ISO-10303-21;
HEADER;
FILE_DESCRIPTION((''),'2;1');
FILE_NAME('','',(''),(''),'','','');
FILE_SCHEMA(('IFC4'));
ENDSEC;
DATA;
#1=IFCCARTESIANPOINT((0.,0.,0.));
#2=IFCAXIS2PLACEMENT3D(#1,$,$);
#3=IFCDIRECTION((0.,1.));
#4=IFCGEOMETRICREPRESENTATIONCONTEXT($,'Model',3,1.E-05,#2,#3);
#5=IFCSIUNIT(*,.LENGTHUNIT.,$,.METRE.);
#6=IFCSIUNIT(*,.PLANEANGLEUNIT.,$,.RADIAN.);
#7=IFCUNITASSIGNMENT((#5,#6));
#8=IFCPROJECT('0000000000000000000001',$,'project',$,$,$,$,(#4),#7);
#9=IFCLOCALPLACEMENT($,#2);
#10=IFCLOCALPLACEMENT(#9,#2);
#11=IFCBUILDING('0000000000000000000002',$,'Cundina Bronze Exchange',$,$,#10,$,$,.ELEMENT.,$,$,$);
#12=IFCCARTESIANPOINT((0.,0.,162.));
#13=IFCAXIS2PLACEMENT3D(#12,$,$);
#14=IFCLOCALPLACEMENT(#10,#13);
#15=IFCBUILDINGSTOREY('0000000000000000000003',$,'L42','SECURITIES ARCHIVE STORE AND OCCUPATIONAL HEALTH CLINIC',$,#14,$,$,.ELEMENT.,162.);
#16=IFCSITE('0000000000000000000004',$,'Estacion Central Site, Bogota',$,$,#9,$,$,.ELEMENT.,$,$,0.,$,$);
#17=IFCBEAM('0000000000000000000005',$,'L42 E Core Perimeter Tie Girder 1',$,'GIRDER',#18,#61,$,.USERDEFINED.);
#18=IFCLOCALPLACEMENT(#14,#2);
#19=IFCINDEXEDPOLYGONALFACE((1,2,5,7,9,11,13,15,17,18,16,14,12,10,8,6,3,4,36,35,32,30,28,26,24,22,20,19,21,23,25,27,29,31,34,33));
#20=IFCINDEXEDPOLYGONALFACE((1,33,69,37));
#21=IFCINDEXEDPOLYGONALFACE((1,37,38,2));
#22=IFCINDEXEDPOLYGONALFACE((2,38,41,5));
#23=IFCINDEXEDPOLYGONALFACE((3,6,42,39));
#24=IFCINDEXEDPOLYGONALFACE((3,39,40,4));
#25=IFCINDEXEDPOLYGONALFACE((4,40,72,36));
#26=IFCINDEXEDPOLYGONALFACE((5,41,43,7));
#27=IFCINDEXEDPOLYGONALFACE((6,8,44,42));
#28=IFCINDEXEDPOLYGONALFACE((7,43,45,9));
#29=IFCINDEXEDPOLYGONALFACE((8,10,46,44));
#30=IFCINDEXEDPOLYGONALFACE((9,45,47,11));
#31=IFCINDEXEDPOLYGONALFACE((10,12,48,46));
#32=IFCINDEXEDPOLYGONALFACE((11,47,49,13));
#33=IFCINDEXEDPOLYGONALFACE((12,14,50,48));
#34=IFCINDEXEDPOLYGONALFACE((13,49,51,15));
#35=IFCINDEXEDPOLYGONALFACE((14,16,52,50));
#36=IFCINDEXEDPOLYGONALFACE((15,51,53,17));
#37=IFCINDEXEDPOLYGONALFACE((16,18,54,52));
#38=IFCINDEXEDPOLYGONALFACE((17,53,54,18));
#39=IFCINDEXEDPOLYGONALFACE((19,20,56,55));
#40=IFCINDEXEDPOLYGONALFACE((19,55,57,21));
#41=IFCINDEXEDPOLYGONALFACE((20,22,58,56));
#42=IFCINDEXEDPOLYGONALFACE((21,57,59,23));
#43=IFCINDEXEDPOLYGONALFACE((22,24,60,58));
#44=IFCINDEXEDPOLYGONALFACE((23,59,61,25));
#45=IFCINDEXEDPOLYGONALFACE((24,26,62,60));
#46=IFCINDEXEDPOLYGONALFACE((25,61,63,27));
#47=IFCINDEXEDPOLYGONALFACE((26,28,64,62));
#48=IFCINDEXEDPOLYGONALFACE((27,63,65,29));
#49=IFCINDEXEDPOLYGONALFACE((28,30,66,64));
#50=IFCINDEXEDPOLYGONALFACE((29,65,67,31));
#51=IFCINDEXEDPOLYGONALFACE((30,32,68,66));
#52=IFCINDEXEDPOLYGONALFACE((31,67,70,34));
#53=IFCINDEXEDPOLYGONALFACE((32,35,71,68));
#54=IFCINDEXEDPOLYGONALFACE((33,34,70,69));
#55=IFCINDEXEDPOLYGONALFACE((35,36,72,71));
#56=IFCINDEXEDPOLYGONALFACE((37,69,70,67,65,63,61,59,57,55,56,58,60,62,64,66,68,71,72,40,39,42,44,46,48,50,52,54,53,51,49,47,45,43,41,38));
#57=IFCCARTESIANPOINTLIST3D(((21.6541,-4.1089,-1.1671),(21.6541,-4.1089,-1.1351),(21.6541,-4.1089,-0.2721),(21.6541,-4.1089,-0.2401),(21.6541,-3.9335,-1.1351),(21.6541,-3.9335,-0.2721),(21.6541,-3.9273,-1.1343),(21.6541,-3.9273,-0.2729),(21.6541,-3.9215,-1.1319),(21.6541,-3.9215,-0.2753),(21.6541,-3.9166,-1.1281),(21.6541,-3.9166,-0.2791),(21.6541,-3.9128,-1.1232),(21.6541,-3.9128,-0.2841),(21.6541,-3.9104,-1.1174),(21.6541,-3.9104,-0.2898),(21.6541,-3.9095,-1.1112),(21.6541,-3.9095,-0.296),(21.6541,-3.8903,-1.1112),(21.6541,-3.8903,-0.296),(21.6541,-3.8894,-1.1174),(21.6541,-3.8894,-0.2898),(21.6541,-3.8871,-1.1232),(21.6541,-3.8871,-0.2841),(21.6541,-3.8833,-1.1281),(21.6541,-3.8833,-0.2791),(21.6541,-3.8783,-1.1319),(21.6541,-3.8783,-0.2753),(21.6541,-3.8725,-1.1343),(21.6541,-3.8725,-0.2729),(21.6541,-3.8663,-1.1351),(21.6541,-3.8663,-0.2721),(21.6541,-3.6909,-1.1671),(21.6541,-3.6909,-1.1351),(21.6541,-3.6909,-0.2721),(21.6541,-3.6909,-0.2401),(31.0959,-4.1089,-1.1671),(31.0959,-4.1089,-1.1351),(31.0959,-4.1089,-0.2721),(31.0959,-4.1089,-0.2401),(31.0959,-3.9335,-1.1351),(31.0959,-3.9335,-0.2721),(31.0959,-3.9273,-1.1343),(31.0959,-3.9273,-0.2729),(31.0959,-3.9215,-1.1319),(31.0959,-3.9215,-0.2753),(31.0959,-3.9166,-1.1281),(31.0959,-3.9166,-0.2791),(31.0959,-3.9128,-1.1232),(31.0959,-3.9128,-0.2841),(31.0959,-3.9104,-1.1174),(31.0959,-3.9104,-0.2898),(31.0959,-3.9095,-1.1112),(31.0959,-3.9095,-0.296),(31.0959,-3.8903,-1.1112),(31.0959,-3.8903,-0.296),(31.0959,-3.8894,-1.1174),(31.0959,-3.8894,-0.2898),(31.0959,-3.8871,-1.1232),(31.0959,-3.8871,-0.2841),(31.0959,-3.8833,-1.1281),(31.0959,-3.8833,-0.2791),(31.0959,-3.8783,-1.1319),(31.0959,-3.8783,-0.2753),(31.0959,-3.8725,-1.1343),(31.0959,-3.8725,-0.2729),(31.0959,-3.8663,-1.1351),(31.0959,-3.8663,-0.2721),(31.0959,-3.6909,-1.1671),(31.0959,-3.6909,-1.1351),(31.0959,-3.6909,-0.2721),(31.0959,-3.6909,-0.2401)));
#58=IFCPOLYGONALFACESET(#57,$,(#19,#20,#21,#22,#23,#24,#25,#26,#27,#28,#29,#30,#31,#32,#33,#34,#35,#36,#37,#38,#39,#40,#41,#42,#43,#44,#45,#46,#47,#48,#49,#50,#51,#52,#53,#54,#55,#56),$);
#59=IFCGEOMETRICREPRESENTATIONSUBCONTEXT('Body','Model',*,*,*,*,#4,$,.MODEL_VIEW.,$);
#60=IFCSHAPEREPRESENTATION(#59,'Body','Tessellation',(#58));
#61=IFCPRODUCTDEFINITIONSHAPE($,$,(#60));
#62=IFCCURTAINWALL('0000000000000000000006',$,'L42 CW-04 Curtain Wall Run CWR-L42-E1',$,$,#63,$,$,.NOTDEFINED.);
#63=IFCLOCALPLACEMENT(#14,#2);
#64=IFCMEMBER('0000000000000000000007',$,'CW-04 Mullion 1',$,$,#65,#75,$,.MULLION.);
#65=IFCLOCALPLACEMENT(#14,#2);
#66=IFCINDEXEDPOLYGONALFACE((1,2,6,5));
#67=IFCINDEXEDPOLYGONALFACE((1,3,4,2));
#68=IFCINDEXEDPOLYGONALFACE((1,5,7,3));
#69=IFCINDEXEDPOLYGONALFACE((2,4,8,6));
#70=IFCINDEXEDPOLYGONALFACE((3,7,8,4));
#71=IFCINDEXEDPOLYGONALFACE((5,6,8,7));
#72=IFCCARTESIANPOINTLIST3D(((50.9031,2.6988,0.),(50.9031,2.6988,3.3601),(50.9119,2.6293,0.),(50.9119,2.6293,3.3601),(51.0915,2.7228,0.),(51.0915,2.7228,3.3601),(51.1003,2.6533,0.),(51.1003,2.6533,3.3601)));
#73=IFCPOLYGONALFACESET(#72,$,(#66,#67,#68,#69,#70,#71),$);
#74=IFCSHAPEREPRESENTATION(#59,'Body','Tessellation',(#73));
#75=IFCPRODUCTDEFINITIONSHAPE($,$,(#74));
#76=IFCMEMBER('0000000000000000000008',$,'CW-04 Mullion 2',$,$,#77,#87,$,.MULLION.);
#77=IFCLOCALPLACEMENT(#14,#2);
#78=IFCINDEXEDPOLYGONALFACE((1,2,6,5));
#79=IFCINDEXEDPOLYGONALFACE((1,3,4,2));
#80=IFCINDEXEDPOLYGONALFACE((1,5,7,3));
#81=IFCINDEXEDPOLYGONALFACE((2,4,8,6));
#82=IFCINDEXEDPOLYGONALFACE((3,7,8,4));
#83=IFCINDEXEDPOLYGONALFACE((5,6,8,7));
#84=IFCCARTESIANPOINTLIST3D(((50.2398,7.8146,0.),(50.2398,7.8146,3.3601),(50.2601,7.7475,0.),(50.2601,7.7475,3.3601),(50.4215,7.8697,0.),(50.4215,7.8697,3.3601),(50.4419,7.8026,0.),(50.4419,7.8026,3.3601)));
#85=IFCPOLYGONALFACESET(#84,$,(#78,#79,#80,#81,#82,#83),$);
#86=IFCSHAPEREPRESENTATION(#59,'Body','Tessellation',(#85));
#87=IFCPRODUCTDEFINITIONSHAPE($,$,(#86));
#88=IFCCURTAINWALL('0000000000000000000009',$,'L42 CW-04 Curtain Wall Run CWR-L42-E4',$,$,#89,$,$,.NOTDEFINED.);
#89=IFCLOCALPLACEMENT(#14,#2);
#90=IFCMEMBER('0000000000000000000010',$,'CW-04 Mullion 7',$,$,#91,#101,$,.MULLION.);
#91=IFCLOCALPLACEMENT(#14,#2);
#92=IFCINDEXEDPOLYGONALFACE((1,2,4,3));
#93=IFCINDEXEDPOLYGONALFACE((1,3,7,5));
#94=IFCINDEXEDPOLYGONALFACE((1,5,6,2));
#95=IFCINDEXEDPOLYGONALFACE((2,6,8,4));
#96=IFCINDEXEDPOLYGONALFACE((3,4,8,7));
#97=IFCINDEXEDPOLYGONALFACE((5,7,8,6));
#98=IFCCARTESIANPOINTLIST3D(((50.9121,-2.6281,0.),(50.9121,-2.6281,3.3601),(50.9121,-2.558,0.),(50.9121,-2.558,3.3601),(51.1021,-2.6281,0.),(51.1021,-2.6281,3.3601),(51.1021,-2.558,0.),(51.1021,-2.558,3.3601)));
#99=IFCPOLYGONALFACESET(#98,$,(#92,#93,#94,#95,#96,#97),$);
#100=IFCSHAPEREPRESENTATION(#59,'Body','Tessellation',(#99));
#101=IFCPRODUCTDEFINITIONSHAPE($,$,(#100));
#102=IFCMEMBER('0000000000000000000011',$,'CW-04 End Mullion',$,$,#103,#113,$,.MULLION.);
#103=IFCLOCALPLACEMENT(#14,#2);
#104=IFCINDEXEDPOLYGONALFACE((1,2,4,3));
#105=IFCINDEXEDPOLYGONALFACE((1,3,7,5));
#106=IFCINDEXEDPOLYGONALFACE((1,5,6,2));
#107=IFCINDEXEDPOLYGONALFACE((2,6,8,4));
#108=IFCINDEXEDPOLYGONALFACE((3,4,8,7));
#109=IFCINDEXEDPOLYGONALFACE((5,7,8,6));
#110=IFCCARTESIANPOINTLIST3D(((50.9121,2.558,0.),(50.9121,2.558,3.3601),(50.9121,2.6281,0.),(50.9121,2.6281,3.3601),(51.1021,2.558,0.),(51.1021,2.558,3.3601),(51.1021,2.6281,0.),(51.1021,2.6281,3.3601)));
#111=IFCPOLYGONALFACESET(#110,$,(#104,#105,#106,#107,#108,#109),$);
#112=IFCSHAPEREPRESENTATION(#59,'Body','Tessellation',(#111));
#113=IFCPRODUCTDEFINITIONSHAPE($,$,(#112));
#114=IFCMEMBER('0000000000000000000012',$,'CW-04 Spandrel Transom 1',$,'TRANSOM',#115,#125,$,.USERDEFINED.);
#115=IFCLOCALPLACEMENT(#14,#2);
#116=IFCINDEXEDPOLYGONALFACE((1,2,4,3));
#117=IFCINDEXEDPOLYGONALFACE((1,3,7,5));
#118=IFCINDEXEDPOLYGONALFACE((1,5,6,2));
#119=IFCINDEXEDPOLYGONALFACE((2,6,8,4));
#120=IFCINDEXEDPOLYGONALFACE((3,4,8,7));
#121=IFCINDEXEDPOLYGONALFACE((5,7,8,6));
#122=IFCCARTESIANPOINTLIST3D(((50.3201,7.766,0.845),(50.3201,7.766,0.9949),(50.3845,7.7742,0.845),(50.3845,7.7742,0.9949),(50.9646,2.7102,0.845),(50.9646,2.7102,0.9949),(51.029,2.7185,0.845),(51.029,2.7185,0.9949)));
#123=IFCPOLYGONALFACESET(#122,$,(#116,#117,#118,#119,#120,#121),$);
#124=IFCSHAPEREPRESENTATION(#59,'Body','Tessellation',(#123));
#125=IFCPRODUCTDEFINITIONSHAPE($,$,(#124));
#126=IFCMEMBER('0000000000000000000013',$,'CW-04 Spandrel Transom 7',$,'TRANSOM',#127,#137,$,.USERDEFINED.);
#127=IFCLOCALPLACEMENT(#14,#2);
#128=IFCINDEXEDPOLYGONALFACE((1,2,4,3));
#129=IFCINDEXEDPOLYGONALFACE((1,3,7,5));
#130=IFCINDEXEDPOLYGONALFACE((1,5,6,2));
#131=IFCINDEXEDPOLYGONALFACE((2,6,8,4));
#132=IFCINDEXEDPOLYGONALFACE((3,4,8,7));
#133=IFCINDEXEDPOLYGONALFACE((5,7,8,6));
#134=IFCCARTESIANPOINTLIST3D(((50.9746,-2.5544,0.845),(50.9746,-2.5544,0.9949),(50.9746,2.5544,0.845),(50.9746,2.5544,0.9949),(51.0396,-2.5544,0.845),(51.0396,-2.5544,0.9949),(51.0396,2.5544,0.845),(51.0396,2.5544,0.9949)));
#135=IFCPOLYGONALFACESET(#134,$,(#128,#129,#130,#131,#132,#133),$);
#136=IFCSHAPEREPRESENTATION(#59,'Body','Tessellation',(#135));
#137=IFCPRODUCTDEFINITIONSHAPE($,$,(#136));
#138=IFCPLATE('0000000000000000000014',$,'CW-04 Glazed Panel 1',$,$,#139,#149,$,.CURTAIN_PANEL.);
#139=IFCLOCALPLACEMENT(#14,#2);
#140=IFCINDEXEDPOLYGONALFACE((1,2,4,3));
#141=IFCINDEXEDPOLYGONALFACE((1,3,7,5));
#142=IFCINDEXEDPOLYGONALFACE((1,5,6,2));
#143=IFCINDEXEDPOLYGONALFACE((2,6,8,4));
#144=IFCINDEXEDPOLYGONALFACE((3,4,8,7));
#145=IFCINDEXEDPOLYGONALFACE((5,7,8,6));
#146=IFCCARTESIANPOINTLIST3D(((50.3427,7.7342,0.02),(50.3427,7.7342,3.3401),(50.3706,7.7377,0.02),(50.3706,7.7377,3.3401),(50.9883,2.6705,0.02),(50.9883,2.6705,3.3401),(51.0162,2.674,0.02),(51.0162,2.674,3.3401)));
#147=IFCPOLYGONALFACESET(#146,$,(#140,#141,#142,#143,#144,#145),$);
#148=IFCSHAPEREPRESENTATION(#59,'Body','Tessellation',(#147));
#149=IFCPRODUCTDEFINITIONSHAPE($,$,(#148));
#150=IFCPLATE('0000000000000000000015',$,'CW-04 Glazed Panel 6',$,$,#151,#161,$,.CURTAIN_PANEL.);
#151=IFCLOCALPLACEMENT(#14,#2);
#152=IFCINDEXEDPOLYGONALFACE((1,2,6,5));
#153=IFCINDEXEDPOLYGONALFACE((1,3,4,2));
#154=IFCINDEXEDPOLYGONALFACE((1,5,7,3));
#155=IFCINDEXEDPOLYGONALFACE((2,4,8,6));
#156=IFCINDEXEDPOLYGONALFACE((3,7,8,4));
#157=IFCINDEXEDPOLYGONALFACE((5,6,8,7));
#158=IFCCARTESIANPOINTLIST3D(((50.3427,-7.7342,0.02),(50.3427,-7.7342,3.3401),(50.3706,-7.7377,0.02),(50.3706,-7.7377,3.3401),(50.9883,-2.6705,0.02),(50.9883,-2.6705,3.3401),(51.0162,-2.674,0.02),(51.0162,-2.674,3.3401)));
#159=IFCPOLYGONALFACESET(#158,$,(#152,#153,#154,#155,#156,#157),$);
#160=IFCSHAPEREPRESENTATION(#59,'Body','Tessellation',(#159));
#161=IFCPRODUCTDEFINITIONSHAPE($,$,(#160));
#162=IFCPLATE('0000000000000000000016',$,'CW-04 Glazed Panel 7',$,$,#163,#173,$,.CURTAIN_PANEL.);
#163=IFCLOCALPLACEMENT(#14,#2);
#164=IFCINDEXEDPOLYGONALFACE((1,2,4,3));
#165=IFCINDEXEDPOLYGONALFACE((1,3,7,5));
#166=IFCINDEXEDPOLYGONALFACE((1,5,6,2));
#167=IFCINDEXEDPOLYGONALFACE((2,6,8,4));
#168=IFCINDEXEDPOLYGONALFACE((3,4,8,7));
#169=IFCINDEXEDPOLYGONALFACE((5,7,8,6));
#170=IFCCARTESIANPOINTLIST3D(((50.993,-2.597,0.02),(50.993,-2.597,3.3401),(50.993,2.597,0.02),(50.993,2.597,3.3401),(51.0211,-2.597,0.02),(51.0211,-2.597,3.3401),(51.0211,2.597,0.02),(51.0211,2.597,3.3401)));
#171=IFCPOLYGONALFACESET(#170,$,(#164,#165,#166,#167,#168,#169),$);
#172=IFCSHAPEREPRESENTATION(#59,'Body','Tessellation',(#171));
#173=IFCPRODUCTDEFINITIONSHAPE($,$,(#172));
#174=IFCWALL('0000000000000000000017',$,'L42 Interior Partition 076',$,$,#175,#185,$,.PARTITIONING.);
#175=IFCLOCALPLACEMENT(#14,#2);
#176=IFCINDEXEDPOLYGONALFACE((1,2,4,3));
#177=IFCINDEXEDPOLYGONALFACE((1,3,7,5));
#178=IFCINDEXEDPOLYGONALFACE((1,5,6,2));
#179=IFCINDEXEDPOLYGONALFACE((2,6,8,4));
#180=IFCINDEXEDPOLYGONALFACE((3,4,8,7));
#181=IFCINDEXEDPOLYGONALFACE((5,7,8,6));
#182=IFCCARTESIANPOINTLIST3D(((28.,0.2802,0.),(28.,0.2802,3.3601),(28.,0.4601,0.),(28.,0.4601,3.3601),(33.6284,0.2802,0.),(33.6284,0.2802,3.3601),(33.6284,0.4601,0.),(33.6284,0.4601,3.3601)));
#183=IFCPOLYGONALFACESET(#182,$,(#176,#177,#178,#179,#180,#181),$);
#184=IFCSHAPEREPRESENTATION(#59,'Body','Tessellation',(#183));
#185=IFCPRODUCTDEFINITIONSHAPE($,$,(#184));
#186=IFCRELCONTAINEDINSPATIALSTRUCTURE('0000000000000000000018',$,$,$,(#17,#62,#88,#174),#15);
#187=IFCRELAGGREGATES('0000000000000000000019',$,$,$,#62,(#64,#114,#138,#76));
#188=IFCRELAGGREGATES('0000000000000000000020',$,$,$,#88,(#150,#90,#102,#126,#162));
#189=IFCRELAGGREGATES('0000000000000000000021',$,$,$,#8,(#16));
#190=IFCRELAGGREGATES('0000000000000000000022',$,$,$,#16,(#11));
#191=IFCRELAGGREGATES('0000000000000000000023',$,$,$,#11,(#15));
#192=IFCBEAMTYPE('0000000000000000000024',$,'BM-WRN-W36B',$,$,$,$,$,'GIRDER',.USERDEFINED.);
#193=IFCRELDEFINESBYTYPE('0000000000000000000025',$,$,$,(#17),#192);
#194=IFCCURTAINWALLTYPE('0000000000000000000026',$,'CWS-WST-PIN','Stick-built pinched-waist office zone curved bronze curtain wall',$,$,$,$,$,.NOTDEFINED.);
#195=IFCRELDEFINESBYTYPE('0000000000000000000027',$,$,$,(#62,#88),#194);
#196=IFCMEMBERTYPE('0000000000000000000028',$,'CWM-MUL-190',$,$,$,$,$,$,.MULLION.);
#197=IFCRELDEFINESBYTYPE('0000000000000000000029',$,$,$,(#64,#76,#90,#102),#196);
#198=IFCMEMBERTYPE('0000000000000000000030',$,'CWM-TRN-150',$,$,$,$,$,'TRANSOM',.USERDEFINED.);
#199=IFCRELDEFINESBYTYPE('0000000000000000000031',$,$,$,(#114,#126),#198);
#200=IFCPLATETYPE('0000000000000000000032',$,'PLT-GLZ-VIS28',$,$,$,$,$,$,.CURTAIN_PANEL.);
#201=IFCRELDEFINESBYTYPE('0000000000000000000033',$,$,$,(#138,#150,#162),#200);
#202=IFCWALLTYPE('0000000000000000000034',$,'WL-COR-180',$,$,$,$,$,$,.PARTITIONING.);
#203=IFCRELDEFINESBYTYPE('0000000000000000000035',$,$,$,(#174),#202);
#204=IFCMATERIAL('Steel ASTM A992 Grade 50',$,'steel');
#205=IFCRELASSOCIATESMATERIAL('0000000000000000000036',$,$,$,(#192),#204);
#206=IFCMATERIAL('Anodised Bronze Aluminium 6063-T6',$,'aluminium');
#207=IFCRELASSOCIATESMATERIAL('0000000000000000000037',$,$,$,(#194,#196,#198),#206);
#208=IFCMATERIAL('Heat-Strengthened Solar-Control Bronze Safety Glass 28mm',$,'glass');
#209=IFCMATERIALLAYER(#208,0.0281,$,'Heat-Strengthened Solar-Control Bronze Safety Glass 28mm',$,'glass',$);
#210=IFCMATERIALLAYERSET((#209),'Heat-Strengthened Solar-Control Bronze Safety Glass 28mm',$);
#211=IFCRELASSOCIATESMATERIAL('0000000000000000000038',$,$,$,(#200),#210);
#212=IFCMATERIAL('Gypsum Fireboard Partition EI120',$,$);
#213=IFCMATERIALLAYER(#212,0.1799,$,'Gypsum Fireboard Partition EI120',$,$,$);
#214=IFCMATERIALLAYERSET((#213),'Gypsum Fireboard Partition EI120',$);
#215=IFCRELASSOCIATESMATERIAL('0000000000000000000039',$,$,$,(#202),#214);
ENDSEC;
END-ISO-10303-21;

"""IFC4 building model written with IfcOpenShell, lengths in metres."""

from ifc_helpers import new_model, si_unit, direction, frame, frame_2d, origin, origin_2d, place, context, subcontext, project, spatial, rectangle, i_section, extrude, material, layer, layer_set, material_profile, profile_set, type_object, element, aggregate, save


model = new_model("IFC4")

# Units and contexts
model_context = context("Model", 3, precision=1e-05, world=origin(), true_north=direction((0.0, 1.0)))
body_context = subcontext(model_context, "Body", "Model", "MODEL_VIEW")
ifc_project = project(units=[si_unit("LENGTHUNIT", "METRE"), si_unit("PLANEANGLEUNIT", "RADIAN")], contexts=[model_context])

# Site, building, storey
site_placement = place(None, origin())
site = spatial("IfcSite", under=ifc_project, at=site_placement, Name="Estacion Central Site, Bogota", CompositionType="ELEMENT", RefElevation=0.0)
building_placement = place(site_placement, origin())
building = spatial("IfcBuilding", under=site, at=building_placement, Name="Cundina Bronze Exchange", CompositionType="ELEMENT")
storey_placement = place(building_placement, frame((0.0, 0.0, 162.0)))
storey = spatial("IfcBuildingStorey", under=building, at=storey_placement, Name="L42", Description="SECURITIES ARCHIVE STORE AND OCCUPATIONAL HEALTH CLINIC", CompositionType="ELEMENT", Elevation=162.0)

# Shared definitions
ifc_material_1 = material(Name="Steel ASTM A992 Grade 50", Category="steel")

# Beam
ifc_material_profile_1 = material_profile(ifc_material_1, i_section(OverallWidth=0.418, OverallDepth=0.927, WebThickness=0.0193, FlangeThickness=0.032, FilletRadius=0.0239, at=origin_2d()), Name="W36X231", Category="steel")
ifc_profile_set_1 = profile_set([ifc_material_profile_1], Name="Steel ASTM A992 Grade 50")
beam_type_1 = type_object("IfcBeamType", Name="BM-WRN-W36B", ElementType="GIRDER", PredefinedType="USERDEFINED", material=ifc_profile_set_1)
beam_1_placement = place(storey_placement, frame((31.0959, -3.8999, -0.7036), z_axis=(-1.0, 0.0, 0.0), x_axis=(0.0, -1.0, 0.0)))
element("IfcBeam", 1, at=beam_1_placement, inside=storey, type_object=beam_type_1, Name="L42 E Core Perimeter Tie Girder 1", ObjectType="GIRDER", PredefinedType="USERDEFINED", context=body_context, shape_type="SweptSolid", body=[
    extrude(i_section(OverallWidth=0.418, OverallDepth=0.927, WebThickness=0.0193, FlangeThickness=0.032, FilletRadius=0.0239, at=origin_2d()), origin(), (0.0, 0.0, 1.0), 9.4419),
])

# Curtain walls, members
ifc_material_2 = material(Name="Anodised Bronze Aluminium 6063-T6", Category="aluminium")
curtain_wall_type = type_object("IfcCurtainWallType", Name="CWS-WST-PIN", Description="Stick-built pinched-waist office zone curved bronze curtain wall", PredefinedType="NOTDEFINED", material=ifc_material_2)
curtain_wall_1_placement = place(storey_placement, origin())
curtain_wall_1 = element("IfcCurtainWall", 2, at=curtain_wall_1_placement, inside=storey, type_object=curtain_wall_type, Name="L42 CW-04 Curtain Wall Run CWR-L42-E1", PredefinedType="NOTDEFINED")
ifc_material_profile_2 = material_profile(ifc_material_2, rectangle(XDim=0.0701, YDim=0.1899, at=origin_2d()), Name="AL70X190", Category="aluminium")
ifc_profile_set_2 = profile_set([ifc_material_profile_2], Name="Anodised Bronze Aluminium 6063-T6")
member_type_1 = type_object("IfcMemberType", Name="CWM-MUL-190", PredefinedType="MULLION", material=ifc_profile_set_2)
member_1_placement = place(storey_placement, frame((51.0017, 2.676, 0.0), z_axis=(0.0, 0.0, 1.0), x_axis=(-0.126545, 0.991961, 0.0)))
member_1 = element("IfcMember", 3, at=member_1_placement, type_object=member_type_1, Name="CW-04 Mullion 1", PredefinedType="MULLION", context=body_context, shape_type="SweptSolid", body=[
    extrude(rectangle(XDim=0.0701, YDim=0.1899, at=origin_2d()), origin(), (0.0, 0.0, 1.0), 3.3601),
])
member_2_placement = place(storey_placement, frame((50.3408, 7.8086, 0.0), z_axis=(0.0, 0.0, 1.0), x_axis=(-0.290034, 0.957016, 0.0)))
member_2 = element("IfcMember", 4, at=member_2_placement, type_object=member_type_1, Name="CW-04 Mullion 2", PredefinedType="MULLION", context=body_context, shape_type="SweptSolid", body=[
    extrude(rectangle(XDim=0.0701, YDim=0.1899, at=origin_2d()), origin(), (0.0, 0.0, 1.0), 3.3601),
])
curtain_wall_2_placement = place(storey_placement, origin())
curtain_wall_2 = element("IfcCurtainWall", 5, at=curtain_wall_2_placement, inside=storey, type_object=curtain_wall_type, Name="L42 CW-04 Curtain Wall Run CWR-L42-E4", PredefinedType="NOTDEFINED")
member_3_placement = place(storey_placement, frame((51.0071, -2.593, 0.0), z_axis=(0.0, 0.0, 1.0), x_axis=(0.0, 1.0, 0.0)))
member_3 = element("IfcMember", 6, at=member_3_placement, type_object=member_type_1, Name="CW-04 Mullion 7", PredefinedType="MULLION", context=body_context, shape_type="SweptSolid", body=[
    extrude(rectangle(XDim=0.0701, YDim=0.1899, at=origin_2d()), origin(), (0.0, 0.0, 1.0), 3.3601),
])
member_4_placement = place(storey_placement, frame((51.0071, 2.593, 0.0), z_axis=(0.0, 0.0, 1.0), x_axis=(0.0, 1.0, 0.0)))
member_4 = element("IfcMember", 7, at=member_4_placement, type_object=member_type_1, Name="CW-04 End Mullion", PredefinedType="MULLION", context=body_context, shape_type="SweptSolid", body=[
    extrude(rectangle(XDim=0.0701, YDim=0.1899, at=origin_2d()), origin(), (0.0, 0.0, 1.0), 3.3601),
])

# Members
ifc_material_profile_3 = material_profile(ifc_material_2, rectangle(XDim=0.0649, YDim=0.1499, at=origin_2d()), Name="AL65X150", Category="aluminium")
ifc_profile_set_3 = profile_set([ifc_material_profile_3], Name="Anodised Bronze Aluminium 6063-T6")
member_type_2 = type_object("IfcMemberType", Name="CWM-TRN-150", ElementType="TRANSOM", PredefinedType="USERDEFINED", material=ifc_profile_set_3)
member_5_placement = place(storey_placement, frame((50.9968, 2.7144, 0.9199), z_axis=(-0.126463, 0.991971, 0.0), x_axis=(-0.991971, -0.126463, 0.0)))
member_5 = element("IfcMember", 8, at=member_5_placement, type_object=member_type_2, Name="CW-04 Spandrel Transom 1", ObjectType="TRANSOM", PredefinedType="USERDEFINED", context=body_context, shape_type="SweptSolid", body=[
    extrude(rectangle(XDim=0.0649, YDim=0.1499, at=origin_2d()), origin(), (0.0, 0.0, 1.0), 5.0967),
])
member_6_placement = place(storey_placement, frame((51.0071, -2.5544, 0.9199), z_axis=(0.0, 1.0, 0.0), x_axis=(-1.0, 0.0, 0.0)))
member_6 = element("IfcMember", 9, at=member_6_placement, type_object=member_type_2, Name="CW-04 Spandrel Transom 7", ObjectType="TRANSOM", PredefinedType="USERDEFINED", context=body_context, shape_type="SweptSolid", body=[
    extrude(rectangle(XDim=0.0649, YDim=0.1499, at=origin_2d()), origin(), (0.0, 0.0, 1.0), 5.1089),
])

# Plates
ifc_material_3 = material(Name="Heat-Strengthened Solar-Control Bronze Safety Glass 28mm", Category="glass")
ifc_layer_1 = layer(ifc_material_3, 0.0281, Name="Heat-Strengthened Solar-Control Bronze Safety Glass 28mm", Category="glass")
ifc_layer_set_1 = layer_set([ifc_layer_1], Name="Heat-Strengthened Solar-Control Bronze Safety Glass 28mm")
plate_type = type_object("IfcPlateType", Name="PLT-GLZ-VIS28", PredefinedType="CURTAIN_PANEL", material=ifc_layer_set_1)
plate_1_placement = place(storey_placement, frame((50.6794, 5.2041, 0.02), z_axis=(0.0, 0.0, 1.0), x_axis=(-0.126476, 0.99197, 0.0)))
plate_1 = element("IfcPlate", 10, at=plate_1_placement, type_object=plate_type, Name="CW-04 Glazed Panel 1", PredefinedType="CURTAIN_PANEL", context=body_context, shape_type="SweptSolid", body=[
    extrude(rectangle(XDim=5.1047, YDim=0.0281, at=origin_2d()), origin(), (0.0, 0.0, 1.0), 3.3201),
])
aggregate(curtain_wall_1, [member_1, member_5, plate_1, member_2])
plate_2_placement = place(storey_placement, frame((50.6794, -5.2041, 0.02), z_axis=(0.0, 0.0, 1.0), x_axis=(0.126476, 0.99197, 0.0)))
plate_2 = element("IfcPlate", 11, at=plate_2_placement, type_object=plate_type, Name="CW-04 Glazed Panel 6", PredefinedType="CURTAIN_PANEL", context=body_context, shape_type="SweptSolid", body=[
    extrude(rectangle(XDim=5.1047, YDim=0.0281, at=origin_2d()), origin(), (0.0, 0.0, 1.0), 3.3201),
])
plate_3_placement = place(storey_placement, frame((51.0071, 0.0, 0.02), z_axis=(0.0, 0.0, 1.0), x_axis=(0.0, 1.0, 0.0)))
plate_3 = element("IfcPlate", 12, at=plate_3_placement, type_object=plate_type, Name="CW-04 Glazed Panel 7", PredefinedType="CURTAIN_PANEL", context=body_context, shape_type="SweptSolid", body=[
    extrude(rectangle(XDim=5.1941, YDim=0.0281, at=origin_2d()), origin(), (0.0, 0.0, 1.0), 3.3201),
])
aggregate(curtain_wall_2, [plate_2, member_3, member_4, member_6, plate_3])

# Wall
ifc_material_4 = material(Name="Gypsum Fireboard Partition EI120")
ifc_layer_2 = layer(ifc_material_4, 0.1799, Name="Gypsum Fireboard Partition EI120")
ifc_layer_set_2 = layer_set([ifc_layer_2], Name="Gypsum Fireboard Partition EI120")
wall_type_1 = type_object("IfcWallType", Name="WL-COR-180", PredefinedType="PARTITIONING", material=ifc_layer_set_2)
wall_1_placement = place(storey_placement, frame((33.6284, 0.3701, 0.0), z_axis=(0.0, 0.0, 1.0), x_axis=(-1.0, 0.0, 0.0)))
element("IfcWall", 13, at=wall_1_placement, inside=storey, type_object=wall_type_1, Name="L42 Interior Partition 076", PredefinedType="PARTITIONING", context=body_context, shape_type="SweptSolid", body=[
    extrude(rectangle(XDim=5.6284, YDim=0.1799, at=frame_2d((2.8142, 0.0))), origin(), (0.0, 0.0, 1.0), 3.3601),
])

save(model, "model.ifc")
